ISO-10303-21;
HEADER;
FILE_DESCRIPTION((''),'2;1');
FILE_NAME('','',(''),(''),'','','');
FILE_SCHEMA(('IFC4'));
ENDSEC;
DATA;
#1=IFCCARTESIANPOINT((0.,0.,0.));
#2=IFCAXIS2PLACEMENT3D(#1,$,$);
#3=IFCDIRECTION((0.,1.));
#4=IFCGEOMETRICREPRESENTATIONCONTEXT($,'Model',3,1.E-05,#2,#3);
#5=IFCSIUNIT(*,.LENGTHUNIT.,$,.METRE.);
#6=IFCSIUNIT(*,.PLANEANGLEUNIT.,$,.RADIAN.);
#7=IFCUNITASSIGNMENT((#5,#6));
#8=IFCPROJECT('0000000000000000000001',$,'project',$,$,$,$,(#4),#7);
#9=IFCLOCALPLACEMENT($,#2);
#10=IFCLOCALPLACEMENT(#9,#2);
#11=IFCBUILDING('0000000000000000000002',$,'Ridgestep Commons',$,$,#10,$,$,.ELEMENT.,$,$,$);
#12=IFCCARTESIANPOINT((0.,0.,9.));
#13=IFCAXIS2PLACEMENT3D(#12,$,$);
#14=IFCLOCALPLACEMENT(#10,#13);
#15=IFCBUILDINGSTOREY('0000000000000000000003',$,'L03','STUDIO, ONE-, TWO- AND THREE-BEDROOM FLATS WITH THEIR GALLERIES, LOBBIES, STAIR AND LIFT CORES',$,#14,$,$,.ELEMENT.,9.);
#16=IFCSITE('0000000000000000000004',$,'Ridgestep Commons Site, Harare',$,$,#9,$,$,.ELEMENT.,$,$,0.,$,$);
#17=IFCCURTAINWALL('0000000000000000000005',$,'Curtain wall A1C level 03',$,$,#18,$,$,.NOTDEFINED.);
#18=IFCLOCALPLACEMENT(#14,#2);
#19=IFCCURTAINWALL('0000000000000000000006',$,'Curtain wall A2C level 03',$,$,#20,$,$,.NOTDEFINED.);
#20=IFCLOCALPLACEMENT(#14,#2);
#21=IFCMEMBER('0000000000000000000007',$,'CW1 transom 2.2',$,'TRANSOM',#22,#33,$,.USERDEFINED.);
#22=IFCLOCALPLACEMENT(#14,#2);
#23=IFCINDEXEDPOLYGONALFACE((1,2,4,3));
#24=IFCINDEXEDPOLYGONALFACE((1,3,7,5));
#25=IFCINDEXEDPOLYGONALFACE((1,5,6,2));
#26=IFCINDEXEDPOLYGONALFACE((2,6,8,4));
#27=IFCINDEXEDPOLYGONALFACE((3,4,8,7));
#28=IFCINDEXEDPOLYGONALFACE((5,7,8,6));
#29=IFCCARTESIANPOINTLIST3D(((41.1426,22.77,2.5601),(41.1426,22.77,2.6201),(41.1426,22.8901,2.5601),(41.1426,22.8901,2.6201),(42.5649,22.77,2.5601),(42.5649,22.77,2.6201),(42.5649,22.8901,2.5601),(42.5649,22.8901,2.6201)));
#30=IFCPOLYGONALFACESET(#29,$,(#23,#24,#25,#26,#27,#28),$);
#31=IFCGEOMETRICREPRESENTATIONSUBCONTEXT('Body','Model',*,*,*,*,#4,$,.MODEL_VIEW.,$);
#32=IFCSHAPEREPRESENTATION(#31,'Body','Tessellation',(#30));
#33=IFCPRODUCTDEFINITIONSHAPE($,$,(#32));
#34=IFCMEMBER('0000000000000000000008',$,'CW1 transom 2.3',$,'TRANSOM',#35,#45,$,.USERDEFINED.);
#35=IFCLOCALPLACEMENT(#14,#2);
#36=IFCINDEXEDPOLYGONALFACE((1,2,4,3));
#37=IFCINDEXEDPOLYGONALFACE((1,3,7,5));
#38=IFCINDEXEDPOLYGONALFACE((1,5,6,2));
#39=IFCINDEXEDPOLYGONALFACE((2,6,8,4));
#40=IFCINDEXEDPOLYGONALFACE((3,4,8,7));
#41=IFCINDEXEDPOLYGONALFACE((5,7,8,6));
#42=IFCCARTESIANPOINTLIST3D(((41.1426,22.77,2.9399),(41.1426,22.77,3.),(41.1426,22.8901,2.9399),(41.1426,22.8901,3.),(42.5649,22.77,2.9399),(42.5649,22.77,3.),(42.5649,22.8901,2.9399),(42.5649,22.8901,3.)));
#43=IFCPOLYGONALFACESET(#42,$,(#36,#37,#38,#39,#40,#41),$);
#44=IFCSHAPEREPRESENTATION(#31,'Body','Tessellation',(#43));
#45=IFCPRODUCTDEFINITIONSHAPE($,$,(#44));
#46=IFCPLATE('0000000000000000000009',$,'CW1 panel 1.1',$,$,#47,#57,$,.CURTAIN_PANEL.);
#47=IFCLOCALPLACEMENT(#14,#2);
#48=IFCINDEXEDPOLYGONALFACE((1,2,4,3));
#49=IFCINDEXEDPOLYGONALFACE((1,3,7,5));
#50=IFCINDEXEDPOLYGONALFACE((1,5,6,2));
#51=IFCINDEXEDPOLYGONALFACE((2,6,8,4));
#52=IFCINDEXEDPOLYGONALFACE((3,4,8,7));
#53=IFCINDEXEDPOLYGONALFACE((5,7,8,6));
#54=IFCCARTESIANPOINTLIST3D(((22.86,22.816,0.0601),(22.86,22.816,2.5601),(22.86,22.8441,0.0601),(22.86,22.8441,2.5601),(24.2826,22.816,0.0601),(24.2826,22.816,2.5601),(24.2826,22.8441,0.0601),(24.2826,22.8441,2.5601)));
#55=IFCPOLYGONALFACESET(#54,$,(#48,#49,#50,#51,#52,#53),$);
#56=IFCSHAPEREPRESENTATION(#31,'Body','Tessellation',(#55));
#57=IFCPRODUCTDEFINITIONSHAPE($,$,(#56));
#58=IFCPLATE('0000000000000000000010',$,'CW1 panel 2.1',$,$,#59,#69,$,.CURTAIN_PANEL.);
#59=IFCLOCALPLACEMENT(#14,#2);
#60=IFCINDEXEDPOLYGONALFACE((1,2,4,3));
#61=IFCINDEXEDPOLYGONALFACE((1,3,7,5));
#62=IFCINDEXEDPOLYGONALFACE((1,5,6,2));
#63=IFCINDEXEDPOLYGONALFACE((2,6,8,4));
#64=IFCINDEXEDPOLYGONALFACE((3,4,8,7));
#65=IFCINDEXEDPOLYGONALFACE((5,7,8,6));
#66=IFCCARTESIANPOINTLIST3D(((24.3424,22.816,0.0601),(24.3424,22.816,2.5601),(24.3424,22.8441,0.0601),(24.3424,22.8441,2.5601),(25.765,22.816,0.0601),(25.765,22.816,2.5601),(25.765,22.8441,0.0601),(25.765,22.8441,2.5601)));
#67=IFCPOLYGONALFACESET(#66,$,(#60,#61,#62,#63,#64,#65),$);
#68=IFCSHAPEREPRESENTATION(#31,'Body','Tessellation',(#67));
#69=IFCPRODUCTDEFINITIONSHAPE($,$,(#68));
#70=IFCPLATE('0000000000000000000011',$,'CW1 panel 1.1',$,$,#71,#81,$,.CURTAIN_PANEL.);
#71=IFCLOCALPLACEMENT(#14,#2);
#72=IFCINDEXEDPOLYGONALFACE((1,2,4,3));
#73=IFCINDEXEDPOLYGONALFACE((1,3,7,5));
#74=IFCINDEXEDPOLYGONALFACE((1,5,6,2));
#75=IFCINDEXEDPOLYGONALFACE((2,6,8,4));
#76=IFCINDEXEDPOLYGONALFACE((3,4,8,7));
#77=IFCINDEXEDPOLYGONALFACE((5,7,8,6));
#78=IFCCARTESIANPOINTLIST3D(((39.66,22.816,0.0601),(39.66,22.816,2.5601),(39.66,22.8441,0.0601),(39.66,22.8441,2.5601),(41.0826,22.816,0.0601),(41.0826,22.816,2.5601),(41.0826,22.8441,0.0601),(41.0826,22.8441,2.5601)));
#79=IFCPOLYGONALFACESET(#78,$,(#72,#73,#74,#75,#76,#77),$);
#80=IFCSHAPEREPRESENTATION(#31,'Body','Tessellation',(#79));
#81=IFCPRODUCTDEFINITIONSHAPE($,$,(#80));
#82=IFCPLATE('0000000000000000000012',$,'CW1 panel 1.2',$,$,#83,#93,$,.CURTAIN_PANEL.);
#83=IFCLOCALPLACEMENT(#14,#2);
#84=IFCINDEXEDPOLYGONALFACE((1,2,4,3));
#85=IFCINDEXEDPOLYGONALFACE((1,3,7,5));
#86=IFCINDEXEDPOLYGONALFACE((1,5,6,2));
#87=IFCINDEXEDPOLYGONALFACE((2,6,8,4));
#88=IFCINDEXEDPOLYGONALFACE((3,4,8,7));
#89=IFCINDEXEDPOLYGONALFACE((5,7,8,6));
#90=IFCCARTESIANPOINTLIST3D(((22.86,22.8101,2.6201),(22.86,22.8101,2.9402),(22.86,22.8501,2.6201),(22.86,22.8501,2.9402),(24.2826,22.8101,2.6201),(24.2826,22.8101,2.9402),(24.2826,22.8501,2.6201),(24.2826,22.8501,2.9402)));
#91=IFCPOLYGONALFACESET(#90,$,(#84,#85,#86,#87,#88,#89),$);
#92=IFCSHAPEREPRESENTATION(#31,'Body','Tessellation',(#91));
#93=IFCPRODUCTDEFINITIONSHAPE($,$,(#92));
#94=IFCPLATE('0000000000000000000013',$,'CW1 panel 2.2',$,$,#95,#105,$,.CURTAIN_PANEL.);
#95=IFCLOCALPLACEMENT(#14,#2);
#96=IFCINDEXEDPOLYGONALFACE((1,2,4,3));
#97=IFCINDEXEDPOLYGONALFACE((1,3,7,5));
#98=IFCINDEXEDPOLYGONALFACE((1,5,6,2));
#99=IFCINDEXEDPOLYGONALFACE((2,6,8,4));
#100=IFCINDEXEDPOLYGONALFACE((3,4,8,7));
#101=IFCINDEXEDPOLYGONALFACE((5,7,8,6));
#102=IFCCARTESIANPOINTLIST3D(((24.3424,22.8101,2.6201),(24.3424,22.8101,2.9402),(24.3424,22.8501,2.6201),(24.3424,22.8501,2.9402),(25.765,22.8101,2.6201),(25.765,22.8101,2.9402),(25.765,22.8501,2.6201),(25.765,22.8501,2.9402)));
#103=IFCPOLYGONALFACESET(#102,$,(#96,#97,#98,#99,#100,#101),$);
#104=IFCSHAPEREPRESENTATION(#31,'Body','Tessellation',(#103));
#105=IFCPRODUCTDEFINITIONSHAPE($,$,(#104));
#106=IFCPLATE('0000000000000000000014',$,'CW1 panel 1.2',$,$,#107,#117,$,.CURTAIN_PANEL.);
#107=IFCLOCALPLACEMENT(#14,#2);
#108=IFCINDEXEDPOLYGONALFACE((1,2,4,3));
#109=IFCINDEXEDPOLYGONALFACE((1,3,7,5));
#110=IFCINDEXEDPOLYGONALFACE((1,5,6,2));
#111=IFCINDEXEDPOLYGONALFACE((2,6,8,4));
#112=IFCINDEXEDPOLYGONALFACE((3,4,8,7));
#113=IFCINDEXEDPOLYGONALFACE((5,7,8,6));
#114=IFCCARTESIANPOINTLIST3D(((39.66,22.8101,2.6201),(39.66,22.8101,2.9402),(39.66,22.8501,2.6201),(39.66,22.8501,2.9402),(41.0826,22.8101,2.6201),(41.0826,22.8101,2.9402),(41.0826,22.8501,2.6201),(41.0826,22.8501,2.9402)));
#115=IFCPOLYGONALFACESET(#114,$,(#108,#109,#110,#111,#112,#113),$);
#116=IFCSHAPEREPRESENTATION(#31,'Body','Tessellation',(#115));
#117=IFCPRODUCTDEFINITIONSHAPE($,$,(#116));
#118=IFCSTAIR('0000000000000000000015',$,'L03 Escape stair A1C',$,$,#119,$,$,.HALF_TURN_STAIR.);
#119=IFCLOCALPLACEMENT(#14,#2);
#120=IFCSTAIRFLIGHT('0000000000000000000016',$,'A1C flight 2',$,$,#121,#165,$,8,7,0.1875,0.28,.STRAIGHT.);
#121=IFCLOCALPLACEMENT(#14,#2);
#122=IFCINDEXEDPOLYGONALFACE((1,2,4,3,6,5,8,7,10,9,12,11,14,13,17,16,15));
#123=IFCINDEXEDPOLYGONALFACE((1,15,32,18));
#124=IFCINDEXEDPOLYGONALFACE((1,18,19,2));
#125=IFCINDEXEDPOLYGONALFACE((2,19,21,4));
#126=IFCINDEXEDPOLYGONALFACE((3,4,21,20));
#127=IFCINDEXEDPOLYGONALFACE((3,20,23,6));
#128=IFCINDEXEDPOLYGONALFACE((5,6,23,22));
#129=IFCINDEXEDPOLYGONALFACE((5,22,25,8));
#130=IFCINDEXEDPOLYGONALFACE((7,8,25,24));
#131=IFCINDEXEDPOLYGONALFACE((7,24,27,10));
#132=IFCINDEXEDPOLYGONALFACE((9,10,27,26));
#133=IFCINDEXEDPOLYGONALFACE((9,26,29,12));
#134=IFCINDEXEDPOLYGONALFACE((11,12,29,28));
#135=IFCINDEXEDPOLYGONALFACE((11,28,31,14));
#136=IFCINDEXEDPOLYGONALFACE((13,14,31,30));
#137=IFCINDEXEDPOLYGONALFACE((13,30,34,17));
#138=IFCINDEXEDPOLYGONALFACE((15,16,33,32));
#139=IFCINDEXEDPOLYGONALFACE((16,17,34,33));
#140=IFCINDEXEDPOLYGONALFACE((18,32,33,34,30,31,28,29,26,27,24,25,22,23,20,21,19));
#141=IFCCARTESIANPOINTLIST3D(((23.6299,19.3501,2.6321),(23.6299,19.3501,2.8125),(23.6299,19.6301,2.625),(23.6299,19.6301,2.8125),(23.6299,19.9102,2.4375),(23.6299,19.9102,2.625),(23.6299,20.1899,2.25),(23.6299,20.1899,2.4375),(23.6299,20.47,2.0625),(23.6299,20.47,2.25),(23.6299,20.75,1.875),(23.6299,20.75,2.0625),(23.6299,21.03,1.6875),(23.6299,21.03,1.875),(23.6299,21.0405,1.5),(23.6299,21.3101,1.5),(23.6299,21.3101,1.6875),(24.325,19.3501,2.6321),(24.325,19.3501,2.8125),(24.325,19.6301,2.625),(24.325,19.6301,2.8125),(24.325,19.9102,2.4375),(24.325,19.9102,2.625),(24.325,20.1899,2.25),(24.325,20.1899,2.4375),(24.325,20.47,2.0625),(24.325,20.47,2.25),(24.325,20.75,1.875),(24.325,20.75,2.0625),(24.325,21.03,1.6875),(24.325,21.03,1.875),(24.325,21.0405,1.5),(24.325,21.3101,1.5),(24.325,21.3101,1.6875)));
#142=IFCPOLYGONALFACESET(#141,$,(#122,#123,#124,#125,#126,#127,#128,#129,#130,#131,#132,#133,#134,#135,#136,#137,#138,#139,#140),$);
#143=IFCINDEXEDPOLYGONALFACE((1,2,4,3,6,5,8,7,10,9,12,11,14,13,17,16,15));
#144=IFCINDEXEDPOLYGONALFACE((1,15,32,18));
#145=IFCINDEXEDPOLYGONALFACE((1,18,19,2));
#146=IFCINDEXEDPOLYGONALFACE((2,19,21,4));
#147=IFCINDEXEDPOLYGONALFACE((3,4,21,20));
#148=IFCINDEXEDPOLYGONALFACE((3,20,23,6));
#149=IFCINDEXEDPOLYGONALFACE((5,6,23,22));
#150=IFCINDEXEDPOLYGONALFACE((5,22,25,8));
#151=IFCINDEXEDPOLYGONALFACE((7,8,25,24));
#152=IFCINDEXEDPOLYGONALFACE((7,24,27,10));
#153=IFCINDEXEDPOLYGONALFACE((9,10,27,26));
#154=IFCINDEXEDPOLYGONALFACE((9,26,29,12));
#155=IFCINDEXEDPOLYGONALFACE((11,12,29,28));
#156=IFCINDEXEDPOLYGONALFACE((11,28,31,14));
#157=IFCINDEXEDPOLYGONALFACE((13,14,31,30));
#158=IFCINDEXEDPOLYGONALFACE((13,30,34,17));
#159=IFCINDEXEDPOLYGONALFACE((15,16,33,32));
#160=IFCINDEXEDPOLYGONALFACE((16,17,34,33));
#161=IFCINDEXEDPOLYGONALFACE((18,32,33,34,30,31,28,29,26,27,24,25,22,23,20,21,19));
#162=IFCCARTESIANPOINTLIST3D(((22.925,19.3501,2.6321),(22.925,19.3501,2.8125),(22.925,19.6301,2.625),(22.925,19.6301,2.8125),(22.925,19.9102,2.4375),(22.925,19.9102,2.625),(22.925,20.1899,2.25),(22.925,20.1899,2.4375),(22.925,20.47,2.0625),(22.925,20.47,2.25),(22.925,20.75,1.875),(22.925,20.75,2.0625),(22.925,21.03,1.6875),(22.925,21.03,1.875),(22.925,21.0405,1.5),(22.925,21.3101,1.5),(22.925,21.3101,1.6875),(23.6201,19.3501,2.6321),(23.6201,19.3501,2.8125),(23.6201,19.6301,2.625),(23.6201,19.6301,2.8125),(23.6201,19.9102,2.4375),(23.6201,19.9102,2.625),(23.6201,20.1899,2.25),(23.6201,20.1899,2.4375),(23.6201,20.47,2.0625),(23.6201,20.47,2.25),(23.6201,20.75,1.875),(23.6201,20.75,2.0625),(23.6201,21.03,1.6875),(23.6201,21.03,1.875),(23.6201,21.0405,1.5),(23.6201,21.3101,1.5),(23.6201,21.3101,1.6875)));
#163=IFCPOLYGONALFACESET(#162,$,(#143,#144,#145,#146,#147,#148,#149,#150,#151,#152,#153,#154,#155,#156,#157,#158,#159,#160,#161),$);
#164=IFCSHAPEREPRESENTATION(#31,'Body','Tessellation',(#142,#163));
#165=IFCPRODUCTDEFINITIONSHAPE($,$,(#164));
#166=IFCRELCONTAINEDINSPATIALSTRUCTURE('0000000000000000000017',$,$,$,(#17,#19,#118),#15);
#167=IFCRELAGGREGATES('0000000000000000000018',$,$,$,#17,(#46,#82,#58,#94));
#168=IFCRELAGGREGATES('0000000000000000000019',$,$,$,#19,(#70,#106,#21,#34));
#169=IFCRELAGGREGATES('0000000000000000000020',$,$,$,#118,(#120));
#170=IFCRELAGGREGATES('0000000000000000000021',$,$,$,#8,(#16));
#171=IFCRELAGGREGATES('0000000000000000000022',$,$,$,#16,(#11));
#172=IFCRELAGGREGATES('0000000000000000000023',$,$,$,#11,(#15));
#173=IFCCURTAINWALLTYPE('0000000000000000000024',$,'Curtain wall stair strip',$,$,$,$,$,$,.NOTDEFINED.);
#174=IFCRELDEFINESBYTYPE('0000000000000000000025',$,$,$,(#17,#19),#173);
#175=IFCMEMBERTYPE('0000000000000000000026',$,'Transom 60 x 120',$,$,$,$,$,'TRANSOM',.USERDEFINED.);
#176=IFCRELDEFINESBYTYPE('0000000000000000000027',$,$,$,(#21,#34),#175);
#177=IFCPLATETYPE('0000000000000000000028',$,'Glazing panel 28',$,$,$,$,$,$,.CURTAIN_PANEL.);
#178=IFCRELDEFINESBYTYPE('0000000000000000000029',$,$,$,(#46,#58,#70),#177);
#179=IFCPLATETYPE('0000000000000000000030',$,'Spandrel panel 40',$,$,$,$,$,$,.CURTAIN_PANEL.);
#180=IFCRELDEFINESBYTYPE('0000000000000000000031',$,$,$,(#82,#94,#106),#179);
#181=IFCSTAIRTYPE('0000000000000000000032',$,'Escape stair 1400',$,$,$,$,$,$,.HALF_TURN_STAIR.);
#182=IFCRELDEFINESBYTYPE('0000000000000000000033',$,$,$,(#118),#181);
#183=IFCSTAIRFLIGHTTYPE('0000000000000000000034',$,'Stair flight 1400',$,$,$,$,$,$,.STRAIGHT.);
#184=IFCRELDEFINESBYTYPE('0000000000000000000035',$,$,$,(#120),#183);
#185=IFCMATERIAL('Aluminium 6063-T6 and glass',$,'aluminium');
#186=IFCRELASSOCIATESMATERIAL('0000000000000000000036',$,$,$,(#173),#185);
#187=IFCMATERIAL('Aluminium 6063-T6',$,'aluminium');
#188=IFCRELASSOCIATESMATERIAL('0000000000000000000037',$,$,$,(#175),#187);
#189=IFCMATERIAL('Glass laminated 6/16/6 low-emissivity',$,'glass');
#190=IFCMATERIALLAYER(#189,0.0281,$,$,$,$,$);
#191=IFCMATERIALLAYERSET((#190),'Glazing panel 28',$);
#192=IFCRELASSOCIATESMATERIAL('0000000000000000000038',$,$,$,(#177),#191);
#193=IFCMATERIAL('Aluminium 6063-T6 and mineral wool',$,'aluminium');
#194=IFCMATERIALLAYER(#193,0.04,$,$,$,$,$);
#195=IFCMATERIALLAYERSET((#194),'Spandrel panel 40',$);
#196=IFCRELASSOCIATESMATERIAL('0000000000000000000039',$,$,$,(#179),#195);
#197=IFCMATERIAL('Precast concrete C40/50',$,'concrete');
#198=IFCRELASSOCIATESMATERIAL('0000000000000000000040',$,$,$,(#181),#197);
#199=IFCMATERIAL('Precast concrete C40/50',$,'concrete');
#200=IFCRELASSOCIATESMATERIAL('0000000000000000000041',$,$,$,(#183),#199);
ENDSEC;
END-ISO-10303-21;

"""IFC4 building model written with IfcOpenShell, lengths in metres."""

from ifc_helpers import new_model, si_unit, direction, frame, origin, origin_2d, place, context, subcontext, project, spatial, polyline, rectangle, outline, extrude, material, layer, layer_set, material_profile, profile_set, type_object, element, aggregate, save


model = new_model("IFC4")

# Units and contexts
model_context = context("Model", 3, precision=1e-05, world=origin(), true_north=direction((0.0, 1.0)))
body_context = subcontext(model_context, "Body", "Model", "MODEL_VIEW")
ifc_project = project(units=[si_unit("LENGTHUNIT", "METRE"), si_unit("PLANEANGLEUNIT", "RADIAN")], contexts=[model_context])

# Site, building, storey
site_placement = place(None, origin())
site = spatial("IfcSite", under=ifc_project, at=site_placement, Name="Ridgestep Commons Site, Harare", CompositionType="ELEMENT", RefElevation=0.0)
building_placement = place(site_placement, origin())
building = spatial("IfcBuilding", under=site, at=building_placement, Name="Ridgestep Commons", CompositionType="ELEMENT")
storey_placement = place(building_placement, frame((0.0, 0.0, 9.0)))
storey = spatial("IfcBuildingStorey", under=building, at=storey_placement, Name="L03", Description="STUDIO, ONE-, TWO- AND THREE-BEDROOM FLATS WITH THEIR GALLERIES, LOBBIES, STAIR AND LIFT CORES", CompositionType="ELEMENT", Elevation=9.0)

# Curtain walls
ifc_material_1 = material(Name="Aluminium 6063-T6 and glass", Category="aluminium")
curtain_wall_type = type_object("IfcCurtainWallType", Name="Curtain wall stair strip", PredefinedType="NOTDEFINED", material=ifc_material_1)
curtain_wall_1_placement = place(storey_placement, origin())
curtain_wall_1 = element("IfcCurtainWall", 1, at=curtain_wall_1_placement, inside=storey, type_object=curtain_wall_type, Name="Curtain wall A1C level 03", PredefinedType="NOTDEFINED")
curtain_wall_2_placement = place(storey_placement, origin())
curtain_wall_2 = element("IfcCurtainWall", 2, at=curtain_wall_2_placement, inside=storey, type_object=curtain_wall_type, Name="Curtain wall A2C level 03", PredefinedType="NOTDEFINED")

# Members
ifc_material_2 = material(Name="Aluminium 6063-T6", Category="aluminium")
ifc_material_profile_1 = material_profile(ifc_material_2, rectangle(XDim=0.1201, YDim=0.0601, at=origin_2d()), Name="Transom 60 x 120")
ifc_profile_set_1 = profile_set([ifc_material_profile_1], Name="Aluminium 6063-T6")
member_type_1 = type_object("IfcMemberType", Name="Transom 60 x 120", ElementType="TRANSOM", PredefinedType="USERDEFINED", material=ifc_profile_set_1)
member_1_placement = place(storey_placement, frame((41.1426, 22.8301, 2.5901), z_axis=(1.0, 0.0, 0.0), x_axis=(0.0, 1.0, 0.0)))
member_1 = element("IfcMember", 3, at=member_1_placement, type_object=member_type_1, Name="CW1 transom 2.2", ObjectType="TRANSOM", PredefinedType="USERDEFINED", context=body_context, shape_type="SweptSolid", body=[
    extrude(rectangle(XDim=0.1201, YDim=0.0601, at=origin_2d()), origin(), (0.0, 0.0, 1.0), 1.4224),
])
member_2_placement = place(storey_placement, frame((41.1426, 22.8301, 2.97), z_axis=(1.0, 0.0, 0.0), x_axis=(0.0, 1.0, 0.0)))
member_2 = element("IfcMember", 4, at=member_2_placement, type_object=member_type_1, Name="CW1 transom 2.3", ObjectType="TRANSOM", PredefinedType="USERDEFINED", context=body_context, shape_type="SweptSolid", body=[
    extrude(rectangle(XDim=0.1201, YDim=0.0601, at=origin_2d()), origin(), (0.0, 0.0, 1.0), 1.4224),
])

# Plates
ifc_material_3 = material(Name="Glass laminated 6/16/6 low-emissivity", Category="glass")
ifc_layer_1 = layer(ifc_material_3, 0.0281)
ifc_layer_set_1 = layer_set([ifc_layer_1], Name="Glazing panel 28")
plate_type_1 = type_object("IfcPlateType", Name="Glazing panel 28", PredefinedType="CURTAIN_PANEL", material=ifc_layer_set_1)
plate_1_placement = place(storey_placement, frame((23.5713, 22.8301, 0.0601), z_axis=(0.0, 0.0, 1.0), x_axis=(1.0, 0.0, 0.0)))
plate_1 = element("IfcPlate", 5, at=plate_1_placement, type_object=plate_type_1, Name="CW1 panel 1.1", PredefinedType="CURTAIN_PANEL", context=body_context, shape_type="SweptSolid", body=[
    extrude(rectangle(XDim=1.4226, YDim=0.0281, at=origin_2d()), origin(), (0.0, 0.0, 1.0), 2.5),
])
plate_2_placement = place(storey_placement, frame((25.0537, 22.8301, 0.0601), z_axis=(0.0, 0.0, 1.0), x_axis=(1.0, 0.0, 0.0)))
plate_2 = element("IfcPlate", 6, at=plate_2_placement, type_object=plate_type_1, Name="CW1 panel 2.1", PredefinedType="CURTAIN_PANEL", context=body_context, shape_type="SweptSolid", body=[
    extrude(rectangle(XDim=1.4226, YDim=0.0281, at=origin_2d()), origin(), (0.0, 0.0, 1.0), 2.5),
])
plate_3_placement = place(storey_placement, frame((40.3713, 22.8301, 0.0601), z_axis=(0.0, 0.0, 1.0), x_axis=(1.0, 0.0, 0.0)))
plate_3 = element("IfcPlate", 7, at=plate_3_placement, type_object=plate_type_1, Name="CW1 panel 1.1", PredefinedType="CURTAIN_PANEL", context=body_context, shape_type="SweptSolid", body=[
    extrude(rectangle(XDim=1.4226, YDim=0.0281, at=origin_2d()), origin(), (0.0, 0.0, 1.0), 2.5),
])
ifc_material_4 = material(Name="Aluminium 6063-T6 and mineral wool", Category="aluminium")
ifc_layer_2 = layer(ifc_material_4, 0.04)
ifc_layer_set_2 = layer_set([ifc_layer_2], Name="Spandrel panel 40")
plate_type_2 = type_object("IfcPlateType", Name="Spandrel panel 40", PredefinedType="CURTAIN_PANEL", material=ifc_layer_set_2)
plate_4_placement = place(storey_placement, frame((23.5713, 22.8301, 2.6201), z_axis=(0.0, 0.0, 1.0), x_axis=(1.0, 0.0, 0.0)))
plate_4 = element("IfcPlate", 8, at=plate_4_placement, type_object=plate_type_2, Name="CW1 panel 1.2", PredefinedType="CURTAIN_PANEL", context=body_context, shape_type="SweptSolid", body=[
    extrude(rectangle(XDim=1.4226, YDim=0.04, at=origin_2d()), origin(), (0.0, 0.0, 1.0), 0.3201),
])
plate_5_placement = place(storey_placement, frame((25.0537, 22.8301, 2.6201), z_axis=(0.0, 0.0, 1.0), x_axis=(1.0, 0.0, 0.0)))
plate_5 = element("IfcPlate", 9, at=plate_5_placement, type_object=plate_type_2, Name="CW1 panel 2.2", PredefinedType="CURTAIN_PANEL", context=body_context, shape_type="SweptSolid", body=[
    extrude(rectangle(XDim=1.4226, YDim=0.04, at=origin_2d()), origin(), (0.0, 0.0, 1.0), 0.3201),
])
aggregate(curtain_wall_1, [plate_1, plate_4, plate_2, plate_5])
plate_6_placement = place(storey_placement, frame((40.3713, 22.8301, 2.6201), z_axis=(0.0, 0.0, 1.0), x_axis=(1.0, 0.0, 0.0)))
plate_6 = element("IfcPlate", 10, at=plate_6_placement, type_object=plate_type_2, Name="CW1 panel 1.2", PredefinedType="CURTAIN_PANEL", context=body_context, shape_type="SweptSolid", body=[
    extrude(rectangle(XDim=1.4226, YDim=0.04, at=origin_2d()), origin(), (0.0, 0.0, 1.0), 0.3201),
])
aggregate(curtain_wall_2, [plate_3, plate_6, member_1, member_2])

# Stair, stair flight
ifc_material_5 = material(Name="Precast concrete C40/50", Category="concrete")
stair_type = type_object("IfcStairType", Name="Escape stair 1400", PredefinedType="HALF_TURN_STAIR", material=ifc_material_5)
stair_1_placement = place(storey_placement, origin())
stair_1 = element("IfcStair", 11, at=stair_1_placement, inside=storey, type_object=stair_type, Name="L03 Escape stair A1C", PredefinedType="HALF_TURN_STAIR")
ifc_material_6 = material(Name="Precast concrete C40/50", Category="concrete")
stair_flight_type = type_object("IfcStairFlightType", Name="Stair flight 1400", PredefinedType="STRAIGHT", material=ifc_material_6)
stair_flight_1_placement = place(storey_placement, frame((23.625, 21.3101, 1.5), z_axis=(0.0, 0.0, 1.0), x_axis=(0.0, -1.0, 0.0)))
stair_flight_1 = element("IfcStairFlight", 12, at=stair_flight_1_placement, type_object=stair_flight_type, Name="A1C flight 2", NumberOfRisers=8, NumberOfTreads=7, PredefinedType="STRAIGHT", RiserHeight=0.1875, TreadLength=0.28, context=body_context, shape_type="SweptSolid", body=[
    extrude(outline(polyline([(0.0, 0.0), (0.0, 0.1875), (0.28, 0.1875), (0.28, 0.375), (0.5601, 0.375), (0.5601, 0.5625), (0.8401, 0.5625), (0.8401, 0.75), (1.1201, 0.75), (1.1201, 0.9375), (1.3999, 0.9375), (1.3999, 1.125), (1.6799, 1.125), (1.6799, 1.3125), (1.96, 1.3125), (1.96, 1.5), (1.96, 1.1321), (0.2695, 0.0), (0.0, 0.0)])), frame((0.0, 0.7, 0.0), z_axis=(0.0, -1.0, 0.0), x_axis=(1.0, 0.0, 0.0)), (0.0, 0.0, 1.0), 0.6951),
    extrude(outline(polyline([(0.0, 0.0), (0.0, 0.1875), (0.28, 0.1875), (0.28, 0.375), (0.5601, 0.375), (0.5601, 0.5625), (0.8401, 0.5625), (0.8401, 0.75), (1.1201, 0.75), (1.1201, 0.9375), (1.3999, 0.9375), (1.3999, 1.125), (1.6799, 1.125), (1.6799, 1.3125), (1.96, 1.3125), (1.96, 1.5), (1.96, 1.1321), (0.2695, 0.0), (0.0, 0.0)])), frame((0.0, -0.0049, 0.0), z_axis=(0.0, -1.0, 0.0), x_axis=(1.0, 0.0, 0.0)), (0.0, 0.0, 1.0), 0.6951),
])
aggregate(stair_1, [stair_flight_1])

save(model, "model.ifc")
